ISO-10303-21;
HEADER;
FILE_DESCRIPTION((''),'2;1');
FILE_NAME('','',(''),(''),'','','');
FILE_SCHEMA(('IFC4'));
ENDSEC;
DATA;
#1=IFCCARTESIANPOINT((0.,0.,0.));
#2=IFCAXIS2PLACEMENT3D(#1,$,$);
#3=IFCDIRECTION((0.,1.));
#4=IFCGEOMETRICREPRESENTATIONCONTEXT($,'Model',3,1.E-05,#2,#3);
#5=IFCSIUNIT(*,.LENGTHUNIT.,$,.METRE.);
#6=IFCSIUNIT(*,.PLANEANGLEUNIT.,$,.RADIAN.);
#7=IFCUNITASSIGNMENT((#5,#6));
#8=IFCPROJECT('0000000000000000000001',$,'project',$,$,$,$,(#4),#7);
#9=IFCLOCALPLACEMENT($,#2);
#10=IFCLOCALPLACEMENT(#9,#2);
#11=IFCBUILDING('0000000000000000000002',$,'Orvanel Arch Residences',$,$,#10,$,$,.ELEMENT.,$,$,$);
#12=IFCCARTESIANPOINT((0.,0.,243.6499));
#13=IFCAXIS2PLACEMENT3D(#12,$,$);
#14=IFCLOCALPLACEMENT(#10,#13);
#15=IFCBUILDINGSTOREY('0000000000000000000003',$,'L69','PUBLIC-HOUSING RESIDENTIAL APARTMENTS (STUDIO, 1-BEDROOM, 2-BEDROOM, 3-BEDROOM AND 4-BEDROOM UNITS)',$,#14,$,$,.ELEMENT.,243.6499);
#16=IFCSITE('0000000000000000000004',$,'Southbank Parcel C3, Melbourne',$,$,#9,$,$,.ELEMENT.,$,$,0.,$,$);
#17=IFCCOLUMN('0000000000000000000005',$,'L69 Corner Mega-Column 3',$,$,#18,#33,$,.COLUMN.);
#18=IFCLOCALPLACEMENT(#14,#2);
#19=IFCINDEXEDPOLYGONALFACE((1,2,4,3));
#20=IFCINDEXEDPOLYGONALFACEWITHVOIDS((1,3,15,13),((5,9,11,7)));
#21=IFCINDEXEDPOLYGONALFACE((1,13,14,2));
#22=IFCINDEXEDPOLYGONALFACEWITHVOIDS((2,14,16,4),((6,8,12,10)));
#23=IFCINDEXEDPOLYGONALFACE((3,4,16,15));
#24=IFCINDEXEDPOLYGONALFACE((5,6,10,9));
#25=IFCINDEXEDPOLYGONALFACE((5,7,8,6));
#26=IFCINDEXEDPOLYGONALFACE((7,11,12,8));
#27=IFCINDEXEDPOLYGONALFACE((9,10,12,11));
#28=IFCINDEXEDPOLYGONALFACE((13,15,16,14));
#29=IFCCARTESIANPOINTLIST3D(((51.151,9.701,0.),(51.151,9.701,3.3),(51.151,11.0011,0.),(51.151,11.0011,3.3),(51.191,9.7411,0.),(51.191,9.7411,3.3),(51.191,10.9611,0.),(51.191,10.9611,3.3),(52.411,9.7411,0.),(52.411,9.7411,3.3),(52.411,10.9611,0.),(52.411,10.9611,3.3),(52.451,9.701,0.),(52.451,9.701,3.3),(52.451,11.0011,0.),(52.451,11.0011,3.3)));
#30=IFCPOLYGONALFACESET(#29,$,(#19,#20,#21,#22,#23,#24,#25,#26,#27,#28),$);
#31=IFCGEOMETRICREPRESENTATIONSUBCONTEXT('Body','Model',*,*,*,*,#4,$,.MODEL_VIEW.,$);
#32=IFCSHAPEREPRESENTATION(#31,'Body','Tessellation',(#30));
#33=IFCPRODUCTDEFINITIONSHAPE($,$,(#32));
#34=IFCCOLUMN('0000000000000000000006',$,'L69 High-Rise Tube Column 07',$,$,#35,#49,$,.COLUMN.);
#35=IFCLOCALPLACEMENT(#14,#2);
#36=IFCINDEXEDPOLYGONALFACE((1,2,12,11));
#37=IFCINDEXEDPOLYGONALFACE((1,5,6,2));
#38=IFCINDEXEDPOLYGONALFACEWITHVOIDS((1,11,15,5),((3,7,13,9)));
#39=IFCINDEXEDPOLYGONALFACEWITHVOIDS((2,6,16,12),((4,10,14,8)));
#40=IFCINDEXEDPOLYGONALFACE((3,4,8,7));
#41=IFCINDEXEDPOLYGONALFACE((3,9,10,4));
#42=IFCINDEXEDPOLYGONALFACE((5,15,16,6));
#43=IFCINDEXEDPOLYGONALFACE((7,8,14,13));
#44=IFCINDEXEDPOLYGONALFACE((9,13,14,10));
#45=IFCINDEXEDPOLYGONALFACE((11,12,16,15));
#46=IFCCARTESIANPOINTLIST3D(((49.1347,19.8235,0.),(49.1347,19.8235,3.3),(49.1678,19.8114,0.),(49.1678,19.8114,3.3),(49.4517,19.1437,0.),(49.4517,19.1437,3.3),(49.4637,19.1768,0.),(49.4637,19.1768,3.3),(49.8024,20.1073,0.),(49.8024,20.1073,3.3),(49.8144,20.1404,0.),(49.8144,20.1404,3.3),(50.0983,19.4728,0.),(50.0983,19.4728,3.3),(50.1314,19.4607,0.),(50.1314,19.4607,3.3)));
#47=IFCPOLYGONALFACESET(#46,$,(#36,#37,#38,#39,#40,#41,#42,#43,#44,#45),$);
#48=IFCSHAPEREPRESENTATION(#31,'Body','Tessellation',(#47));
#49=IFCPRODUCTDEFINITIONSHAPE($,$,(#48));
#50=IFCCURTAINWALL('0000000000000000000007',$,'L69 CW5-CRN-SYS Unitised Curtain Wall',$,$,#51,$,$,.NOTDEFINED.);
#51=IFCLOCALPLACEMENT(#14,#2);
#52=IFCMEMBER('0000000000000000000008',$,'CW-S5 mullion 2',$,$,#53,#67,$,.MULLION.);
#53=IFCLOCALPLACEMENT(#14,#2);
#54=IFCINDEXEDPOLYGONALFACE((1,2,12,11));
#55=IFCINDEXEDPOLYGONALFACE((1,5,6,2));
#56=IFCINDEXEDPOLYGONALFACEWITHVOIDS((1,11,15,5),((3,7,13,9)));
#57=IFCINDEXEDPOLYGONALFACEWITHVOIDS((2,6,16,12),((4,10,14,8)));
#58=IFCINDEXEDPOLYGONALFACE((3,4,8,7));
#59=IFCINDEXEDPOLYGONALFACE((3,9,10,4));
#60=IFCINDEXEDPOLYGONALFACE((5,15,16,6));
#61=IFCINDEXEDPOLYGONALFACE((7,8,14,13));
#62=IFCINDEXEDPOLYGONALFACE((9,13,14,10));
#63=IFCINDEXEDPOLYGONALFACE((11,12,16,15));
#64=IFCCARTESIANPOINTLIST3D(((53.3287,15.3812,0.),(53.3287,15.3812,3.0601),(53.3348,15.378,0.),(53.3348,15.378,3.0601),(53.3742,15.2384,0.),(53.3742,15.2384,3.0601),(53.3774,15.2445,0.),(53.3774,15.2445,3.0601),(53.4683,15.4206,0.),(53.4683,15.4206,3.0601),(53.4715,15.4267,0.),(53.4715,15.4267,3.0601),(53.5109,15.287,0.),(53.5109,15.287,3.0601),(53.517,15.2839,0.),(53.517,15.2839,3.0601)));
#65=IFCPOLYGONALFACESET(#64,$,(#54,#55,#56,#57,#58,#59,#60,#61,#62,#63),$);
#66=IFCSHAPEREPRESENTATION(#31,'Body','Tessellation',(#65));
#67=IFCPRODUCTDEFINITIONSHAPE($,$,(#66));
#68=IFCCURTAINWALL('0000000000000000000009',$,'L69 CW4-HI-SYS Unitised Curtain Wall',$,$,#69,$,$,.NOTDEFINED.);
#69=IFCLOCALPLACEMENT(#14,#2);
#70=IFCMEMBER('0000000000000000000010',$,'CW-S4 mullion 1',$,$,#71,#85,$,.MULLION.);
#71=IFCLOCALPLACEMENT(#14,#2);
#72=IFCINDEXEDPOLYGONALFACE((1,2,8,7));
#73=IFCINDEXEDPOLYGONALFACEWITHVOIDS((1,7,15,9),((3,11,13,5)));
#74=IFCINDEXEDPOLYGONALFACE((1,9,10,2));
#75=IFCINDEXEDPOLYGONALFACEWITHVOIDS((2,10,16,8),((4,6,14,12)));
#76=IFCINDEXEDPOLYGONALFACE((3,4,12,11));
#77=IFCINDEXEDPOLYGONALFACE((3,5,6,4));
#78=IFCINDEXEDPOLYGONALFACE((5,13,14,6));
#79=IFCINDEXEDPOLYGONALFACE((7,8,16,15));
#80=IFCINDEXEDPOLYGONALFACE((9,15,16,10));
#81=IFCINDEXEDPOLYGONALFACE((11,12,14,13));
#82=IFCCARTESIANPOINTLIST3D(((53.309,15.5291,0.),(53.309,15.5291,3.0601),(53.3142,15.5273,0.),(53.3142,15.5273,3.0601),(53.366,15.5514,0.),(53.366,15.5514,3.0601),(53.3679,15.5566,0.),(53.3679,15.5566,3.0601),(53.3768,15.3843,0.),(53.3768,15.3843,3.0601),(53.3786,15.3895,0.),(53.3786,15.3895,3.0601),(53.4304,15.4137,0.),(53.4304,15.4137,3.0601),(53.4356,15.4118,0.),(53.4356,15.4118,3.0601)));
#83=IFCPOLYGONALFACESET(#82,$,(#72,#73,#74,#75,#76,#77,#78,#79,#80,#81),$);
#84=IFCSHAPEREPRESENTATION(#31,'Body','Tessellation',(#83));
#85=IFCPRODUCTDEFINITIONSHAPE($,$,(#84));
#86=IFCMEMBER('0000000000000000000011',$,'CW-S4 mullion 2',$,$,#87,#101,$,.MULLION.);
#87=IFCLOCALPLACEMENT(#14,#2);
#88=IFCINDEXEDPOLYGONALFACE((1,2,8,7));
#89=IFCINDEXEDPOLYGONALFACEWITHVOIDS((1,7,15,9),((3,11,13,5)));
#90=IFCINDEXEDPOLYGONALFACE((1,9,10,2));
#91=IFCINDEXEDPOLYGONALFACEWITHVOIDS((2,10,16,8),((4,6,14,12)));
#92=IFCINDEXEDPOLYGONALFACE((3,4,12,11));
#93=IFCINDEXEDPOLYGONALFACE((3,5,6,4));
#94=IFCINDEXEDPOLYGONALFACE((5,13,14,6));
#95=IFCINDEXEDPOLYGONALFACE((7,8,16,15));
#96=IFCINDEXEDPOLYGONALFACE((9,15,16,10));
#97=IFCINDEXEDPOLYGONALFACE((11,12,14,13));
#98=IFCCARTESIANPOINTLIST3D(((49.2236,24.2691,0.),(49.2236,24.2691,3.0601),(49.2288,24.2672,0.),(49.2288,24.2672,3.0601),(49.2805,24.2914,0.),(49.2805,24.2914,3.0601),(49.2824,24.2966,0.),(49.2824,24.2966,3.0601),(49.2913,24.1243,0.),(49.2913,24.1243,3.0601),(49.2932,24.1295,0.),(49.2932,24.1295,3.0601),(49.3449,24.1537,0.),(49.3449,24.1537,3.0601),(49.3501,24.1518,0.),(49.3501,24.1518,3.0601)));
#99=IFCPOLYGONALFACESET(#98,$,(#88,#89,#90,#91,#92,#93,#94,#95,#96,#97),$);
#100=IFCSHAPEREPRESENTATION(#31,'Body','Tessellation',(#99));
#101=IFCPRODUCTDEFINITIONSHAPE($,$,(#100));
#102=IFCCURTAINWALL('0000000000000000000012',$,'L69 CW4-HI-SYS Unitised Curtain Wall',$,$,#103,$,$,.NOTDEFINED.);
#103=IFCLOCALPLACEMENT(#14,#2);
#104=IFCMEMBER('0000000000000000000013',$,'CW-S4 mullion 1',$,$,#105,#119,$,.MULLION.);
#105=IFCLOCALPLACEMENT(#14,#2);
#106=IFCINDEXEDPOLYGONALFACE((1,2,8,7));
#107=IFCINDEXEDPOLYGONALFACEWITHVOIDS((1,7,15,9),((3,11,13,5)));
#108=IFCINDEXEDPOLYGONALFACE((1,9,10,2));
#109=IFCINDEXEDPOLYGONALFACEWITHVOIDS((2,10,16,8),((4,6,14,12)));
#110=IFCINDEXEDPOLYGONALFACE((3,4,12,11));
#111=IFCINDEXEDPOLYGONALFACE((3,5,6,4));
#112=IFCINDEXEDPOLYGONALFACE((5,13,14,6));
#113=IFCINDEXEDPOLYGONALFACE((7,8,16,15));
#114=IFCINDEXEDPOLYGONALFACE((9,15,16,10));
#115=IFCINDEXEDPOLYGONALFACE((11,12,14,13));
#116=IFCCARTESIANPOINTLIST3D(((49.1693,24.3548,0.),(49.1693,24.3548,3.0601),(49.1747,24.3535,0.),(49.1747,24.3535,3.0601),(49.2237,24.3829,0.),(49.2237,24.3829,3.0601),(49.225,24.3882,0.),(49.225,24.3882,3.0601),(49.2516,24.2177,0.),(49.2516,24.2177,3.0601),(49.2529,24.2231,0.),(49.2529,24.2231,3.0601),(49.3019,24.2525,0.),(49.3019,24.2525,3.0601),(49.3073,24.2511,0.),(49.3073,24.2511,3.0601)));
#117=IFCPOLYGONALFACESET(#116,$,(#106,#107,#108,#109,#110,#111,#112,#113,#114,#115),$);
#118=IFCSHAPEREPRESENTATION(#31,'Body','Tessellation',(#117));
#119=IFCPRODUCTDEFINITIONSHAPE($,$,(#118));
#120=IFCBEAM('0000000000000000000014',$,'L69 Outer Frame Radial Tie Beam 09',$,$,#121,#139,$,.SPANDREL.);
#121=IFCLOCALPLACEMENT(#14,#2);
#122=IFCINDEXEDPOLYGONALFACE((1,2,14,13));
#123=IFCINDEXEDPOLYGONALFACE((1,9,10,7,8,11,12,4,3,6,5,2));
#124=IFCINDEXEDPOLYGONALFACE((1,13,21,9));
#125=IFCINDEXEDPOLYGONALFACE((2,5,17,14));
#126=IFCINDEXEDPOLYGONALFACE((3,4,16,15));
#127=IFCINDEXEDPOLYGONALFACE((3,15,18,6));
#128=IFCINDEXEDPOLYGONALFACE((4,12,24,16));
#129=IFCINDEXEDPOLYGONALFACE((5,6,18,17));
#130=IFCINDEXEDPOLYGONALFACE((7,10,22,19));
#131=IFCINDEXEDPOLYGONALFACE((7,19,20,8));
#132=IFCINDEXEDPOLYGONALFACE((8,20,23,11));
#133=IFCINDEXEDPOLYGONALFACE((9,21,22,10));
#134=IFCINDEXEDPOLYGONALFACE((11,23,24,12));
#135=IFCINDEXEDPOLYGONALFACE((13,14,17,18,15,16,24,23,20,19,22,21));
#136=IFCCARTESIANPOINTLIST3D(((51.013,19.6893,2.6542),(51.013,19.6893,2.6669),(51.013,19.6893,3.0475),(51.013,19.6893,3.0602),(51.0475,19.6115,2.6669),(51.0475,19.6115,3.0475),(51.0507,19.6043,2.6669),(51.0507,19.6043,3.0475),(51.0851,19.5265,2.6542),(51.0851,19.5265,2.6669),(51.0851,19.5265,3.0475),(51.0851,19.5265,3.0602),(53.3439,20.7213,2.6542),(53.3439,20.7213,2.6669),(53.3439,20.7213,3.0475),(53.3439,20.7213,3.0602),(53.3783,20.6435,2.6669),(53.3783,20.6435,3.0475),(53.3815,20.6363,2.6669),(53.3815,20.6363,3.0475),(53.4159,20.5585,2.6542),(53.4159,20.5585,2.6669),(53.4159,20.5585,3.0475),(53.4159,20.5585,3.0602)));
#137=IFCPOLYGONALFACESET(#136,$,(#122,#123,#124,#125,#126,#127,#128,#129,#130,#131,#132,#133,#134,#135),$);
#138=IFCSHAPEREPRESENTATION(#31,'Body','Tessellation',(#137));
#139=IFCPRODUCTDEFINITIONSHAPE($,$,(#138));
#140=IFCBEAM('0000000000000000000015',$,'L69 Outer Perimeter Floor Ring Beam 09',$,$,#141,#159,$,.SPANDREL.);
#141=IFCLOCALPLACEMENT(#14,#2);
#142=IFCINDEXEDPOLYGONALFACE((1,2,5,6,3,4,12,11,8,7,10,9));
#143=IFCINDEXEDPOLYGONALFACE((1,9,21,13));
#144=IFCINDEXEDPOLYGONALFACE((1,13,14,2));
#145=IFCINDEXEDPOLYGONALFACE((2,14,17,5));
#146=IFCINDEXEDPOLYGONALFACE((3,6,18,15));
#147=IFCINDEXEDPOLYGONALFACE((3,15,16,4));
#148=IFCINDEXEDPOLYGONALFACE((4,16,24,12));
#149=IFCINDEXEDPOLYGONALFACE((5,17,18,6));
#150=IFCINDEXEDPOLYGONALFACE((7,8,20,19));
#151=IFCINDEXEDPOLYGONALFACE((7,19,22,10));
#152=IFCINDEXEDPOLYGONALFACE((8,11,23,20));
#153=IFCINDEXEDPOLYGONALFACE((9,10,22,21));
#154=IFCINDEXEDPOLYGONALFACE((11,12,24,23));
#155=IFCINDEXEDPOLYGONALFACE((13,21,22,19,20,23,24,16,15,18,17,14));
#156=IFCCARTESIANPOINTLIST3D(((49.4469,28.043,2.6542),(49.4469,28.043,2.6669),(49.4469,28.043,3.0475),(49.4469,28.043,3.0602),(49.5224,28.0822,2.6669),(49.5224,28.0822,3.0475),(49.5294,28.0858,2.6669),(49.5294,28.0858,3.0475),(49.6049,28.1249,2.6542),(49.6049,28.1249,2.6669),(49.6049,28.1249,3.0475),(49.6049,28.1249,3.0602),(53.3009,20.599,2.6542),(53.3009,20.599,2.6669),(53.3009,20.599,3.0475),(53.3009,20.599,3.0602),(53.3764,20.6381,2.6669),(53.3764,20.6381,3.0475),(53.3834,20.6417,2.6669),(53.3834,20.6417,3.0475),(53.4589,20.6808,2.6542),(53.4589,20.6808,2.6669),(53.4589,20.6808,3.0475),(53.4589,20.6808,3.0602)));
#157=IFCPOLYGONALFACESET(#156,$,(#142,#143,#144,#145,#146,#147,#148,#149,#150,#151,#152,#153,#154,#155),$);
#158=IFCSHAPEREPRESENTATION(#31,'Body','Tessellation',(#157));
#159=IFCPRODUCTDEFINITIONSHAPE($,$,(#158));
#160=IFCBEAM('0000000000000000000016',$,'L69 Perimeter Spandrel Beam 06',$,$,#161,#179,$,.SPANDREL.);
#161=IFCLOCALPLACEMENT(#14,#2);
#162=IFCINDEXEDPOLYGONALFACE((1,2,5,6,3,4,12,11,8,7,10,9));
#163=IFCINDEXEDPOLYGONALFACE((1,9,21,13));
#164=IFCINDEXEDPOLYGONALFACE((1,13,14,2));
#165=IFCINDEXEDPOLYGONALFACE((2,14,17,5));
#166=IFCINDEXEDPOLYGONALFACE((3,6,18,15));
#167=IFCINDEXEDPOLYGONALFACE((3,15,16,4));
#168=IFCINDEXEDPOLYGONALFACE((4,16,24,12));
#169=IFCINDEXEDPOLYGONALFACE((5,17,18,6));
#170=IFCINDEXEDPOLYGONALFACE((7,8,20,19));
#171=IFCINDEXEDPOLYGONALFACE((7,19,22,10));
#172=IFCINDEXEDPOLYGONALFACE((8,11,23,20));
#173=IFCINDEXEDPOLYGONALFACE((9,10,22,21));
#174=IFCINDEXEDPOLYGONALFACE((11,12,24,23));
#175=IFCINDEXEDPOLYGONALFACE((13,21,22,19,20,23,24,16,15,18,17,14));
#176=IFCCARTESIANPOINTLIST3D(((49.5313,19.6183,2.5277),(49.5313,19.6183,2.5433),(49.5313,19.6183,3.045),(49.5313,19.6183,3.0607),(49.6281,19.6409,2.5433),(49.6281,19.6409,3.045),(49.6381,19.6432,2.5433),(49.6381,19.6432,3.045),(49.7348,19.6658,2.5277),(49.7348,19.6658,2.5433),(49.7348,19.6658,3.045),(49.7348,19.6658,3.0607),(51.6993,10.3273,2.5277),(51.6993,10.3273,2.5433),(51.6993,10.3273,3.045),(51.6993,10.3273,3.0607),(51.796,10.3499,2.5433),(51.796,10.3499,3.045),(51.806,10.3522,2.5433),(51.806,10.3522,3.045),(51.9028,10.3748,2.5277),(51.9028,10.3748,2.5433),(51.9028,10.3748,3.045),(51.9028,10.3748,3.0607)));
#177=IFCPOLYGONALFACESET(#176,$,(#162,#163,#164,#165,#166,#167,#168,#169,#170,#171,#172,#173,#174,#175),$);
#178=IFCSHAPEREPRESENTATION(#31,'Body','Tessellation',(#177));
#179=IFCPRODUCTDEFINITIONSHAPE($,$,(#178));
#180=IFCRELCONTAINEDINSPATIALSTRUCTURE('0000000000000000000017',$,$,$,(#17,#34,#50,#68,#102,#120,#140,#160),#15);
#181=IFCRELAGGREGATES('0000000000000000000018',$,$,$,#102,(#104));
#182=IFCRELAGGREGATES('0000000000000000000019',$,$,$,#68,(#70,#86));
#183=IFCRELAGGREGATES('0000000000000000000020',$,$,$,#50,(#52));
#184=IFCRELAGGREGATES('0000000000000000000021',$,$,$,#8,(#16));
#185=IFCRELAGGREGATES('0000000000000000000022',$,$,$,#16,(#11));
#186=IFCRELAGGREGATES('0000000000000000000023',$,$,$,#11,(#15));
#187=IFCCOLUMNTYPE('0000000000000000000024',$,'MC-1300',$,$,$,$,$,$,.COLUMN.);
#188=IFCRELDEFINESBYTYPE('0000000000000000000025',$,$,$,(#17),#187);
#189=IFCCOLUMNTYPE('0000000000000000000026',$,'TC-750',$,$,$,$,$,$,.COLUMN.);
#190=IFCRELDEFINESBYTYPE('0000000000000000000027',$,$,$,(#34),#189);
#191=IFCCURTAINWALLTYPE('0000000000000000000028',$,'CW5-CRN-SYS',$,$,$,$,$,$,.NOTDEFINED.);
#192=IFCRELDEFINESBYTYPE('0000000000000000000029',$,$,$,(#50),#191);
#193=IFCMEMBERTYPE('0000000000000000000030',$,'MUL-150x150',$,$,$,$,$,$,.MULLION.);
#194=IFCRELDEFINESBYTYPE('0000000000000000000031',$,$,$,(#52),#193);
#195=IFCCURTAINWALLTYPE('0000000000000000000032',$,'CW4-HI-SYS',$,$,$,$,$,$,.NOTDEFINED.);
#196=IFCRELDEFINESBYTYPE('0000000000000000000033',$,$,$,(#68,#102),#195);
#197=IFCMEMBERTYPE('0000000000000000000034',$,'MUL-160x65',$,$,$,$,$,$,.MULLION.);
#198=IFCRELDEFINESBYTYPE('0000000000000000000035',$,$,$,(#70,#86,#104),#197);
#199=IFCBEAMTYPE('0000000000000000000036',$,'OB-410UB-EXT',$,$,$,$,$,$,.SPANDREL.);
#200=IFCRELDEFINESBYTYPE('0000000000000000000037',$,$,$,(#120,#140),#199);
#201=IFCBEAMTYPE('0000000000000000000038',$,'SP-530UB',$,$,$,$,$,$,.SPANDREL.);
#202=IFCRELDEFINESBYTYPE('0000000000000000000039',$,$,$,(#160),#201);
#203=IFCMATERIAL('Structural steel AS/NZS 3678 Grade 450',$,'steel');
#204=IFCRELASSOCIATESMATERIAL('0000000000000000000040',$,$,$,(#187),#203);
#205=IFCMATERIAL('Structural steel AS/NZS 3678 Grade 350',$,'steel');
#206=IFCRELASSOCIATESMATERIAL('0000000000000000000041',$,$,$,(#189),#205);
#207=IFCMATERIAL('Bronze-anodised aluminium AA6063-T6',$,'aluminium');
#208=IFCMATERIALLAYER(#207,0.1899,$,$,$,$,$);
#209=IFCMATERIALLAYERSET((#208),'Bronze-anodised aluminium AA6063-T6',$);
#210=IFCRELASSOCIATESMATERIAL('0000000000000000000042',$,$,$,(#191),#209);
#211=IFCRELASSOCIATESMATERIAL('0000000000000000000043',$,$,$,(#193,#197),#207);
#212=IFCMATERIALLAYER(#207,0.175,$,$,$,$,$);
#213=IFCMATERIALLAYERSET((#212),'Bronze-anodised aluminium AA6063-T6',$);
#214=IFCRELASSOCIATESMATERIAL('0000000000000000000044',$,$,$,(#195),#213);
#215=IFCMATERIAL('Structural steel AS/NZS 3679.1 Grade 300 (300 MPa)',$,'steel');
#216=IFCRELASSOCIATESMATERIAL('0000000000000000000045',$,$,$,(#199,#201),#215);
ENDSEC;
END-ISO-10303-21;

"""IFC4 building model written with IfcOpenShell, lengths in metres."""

from ifc_helpers import new_model, si_unit, direction, frame, origin, origin_2d, place, context, subcontext, project, spatial, hollow_rectangle, i_section, extrude, material, layer, layer_set, material_profile, profile_set, type_object, element, aggregate, save


model = new_model("IFC4")

# Units and contexts
model_context = context("Model", 3, precision=1e-05, world=origin(), true_north=direction((0.0, 1.0)))
body_context = subcontext(model_context, "Body", "Model", "MODEL_VIEW")
ifc_project = project(units=[si_unit("LENGTHUNIT", "METRE"), si_unit("PLANEANGLEUNIT", "RADIAN")], contexts=[model_context])

# Site, building, storey
site_placement = place(None, origin())
site = spatial("IfcSite", under=ifc_project, at=site_placement, Name="Southbank Parcel C3, Melbourne", CompositionType="ELEMENT", RefElevation=0.0)
building_placement = place(site_placement, origin())
building = spatial("IfcBuilding", under=site, at=building_placement, Name="Orvanel Arch Residences", CompositionType="ELEMENT")
storey_placement = place(building_placement, frame((0.0, 0.0, 243.6499)))
storey = spatial("IfcBuildingStorey", under=building, at=storey_placement, Name="L69", Description="PUBLIC-HOUSING RESIDENTIAL APARTMENTS (STUDIO, 1-BEDROOM, 2-BEDROOM, 3-BEDROOM AND 4-BEDROOM UNITS)", CompositionType="ELEMENT", Elevation=243.6499)

# Columns
ifc_material_1 = material(Name="Structural steel AS/NZS 3678 Grade 450", Category="steel")
ifc_material_profile_1 = material_profile(ifc_material_1, hollow_rectangle(XDim=1.3, YDim=1.3, WallThickness=0.04, at=origin_2d()), Name="BOX1300x1300x40")
ifc_profile_set_1 = profile_set([ifc_material_profile_1], Name="Structural steel AS/NZS 3678 Grade 450")
column_type_1 = type_object("IfcColumnType", Name="MC-1300", PredefinedType="COLUMN", material=ifc_profile_set_1)
column_1_placement = place(storey_placement, frame((51.801, 10.3511, 0.0), z_axis=(0.0, 0.0, 1.0), x_axis=(1.0, 0.0, 0.0)))
element("IfcColumn", 1, at=column_1_placement, inside=storey, type_object=column_type_1, Name="L69 Corner Mega-Column 3", PredefinedType="COLUMN", context=body_context, shape_type="SweptSolid", body=[
    extrude(hollow_rectangle(XDim=1.3, YDim=1.3, WallThickness=0.04, at=origin_2d()), origin(), (0.0, 0.0, 1.0), 3.3),
])
ifc_material_2 = material(Name="Structural steel AS/NZS 3678 Grade 350", Category="steel")
ifc_material_profile_2 = material_profile(ifc_material_2, hollow_rectangle(XDim=0.75, YDim=0.75, WallThickness=0.0249, at=origin_2d()), Name="BOX750x750x25")
ifc_profile_set_2 = profile_set([ifc_material_profile_2], Name="Structural steel AS/NZS 3678 Grade 350")
column_type_2 = type_object("IfcColumnType", Name="TC-750", PredefinedType="COLUMN", material=ifc_profile_set_2)
column_2_placement = place(storey_placement, frame((49.6331, 19.6421, 0.0), z_axis=(0.0, 0.0, 1.0), x_axis=(-0.422618, 0.906308, 0.0)))
element("IfcColumn", 2, at=column_2_placement, inside=storey, type_object=column_type_2, Name="L69 High-Rise Tube Column 07", PredefinedType="COLUMN", context=body_context, shape_type="SweptSolid", body=[
    extrude(hollow_rectangle(XDim=0.75, YDim=0.75, WallThickness=0.0249, at=origin_2d()), origin(), (0.0, 0.0, 1.0), 3.3),
])

# Curtain wall, member
ifc_material_3 = material(Name="Bronze-anodised aluminium AA6063-T6", Category="aluminium")
ifc_layer_1 = layer(ifc_material_3, 0.1899)
ifc_layer_set_1 = layer_set([ifc_layer_1], Name="Bronze-anodised aluminium AA6063-T6")
curtain_wall_type_1 = type_object("IfcCurtainWallType", Name="CW5-CRN-SYS", PredefinedType="NOTDEFINED", material=ifc_layer_set_1)
curtain_wall_1_placement = place(storey_placement, origin())
curtain_wall_1 = element("IfcCurtainWall", 3, at=curtain_wall_1_placement, inside=storey, type_object=curtain_wall_type_1, Name="L69 CW5-CRN-SYS Unitised Curtain Wall", PredefinedType="NOTDEFINED")
ifc_material_profile_3 = material_profile(ifc_material_3, hollow_rectangle(XDim=0.1499, YDim=0.1499, WallThickness=0.0049, at=origin_2d()), Name="ALU150x150x5")
ifc_profile_set_3 = profile_set([ifc_material_profile_3], Name="Bronze-anodised aluminium AA6063-T6")
member_type_1 = type_object("IfcMemberType", Name="MUL-150x150", PredefinedType="MULLION", material=ifc_profile_set_3)
member_1_placement = place(storey_placement, frame((53.4229, 15.3325, 0.0), z_axis=(0.0, 0.0, 1.0), x_axis=(-0.952802, -0.303593, 0.0)))
member_1 = element("IfcMember", 4, at=member_1_placement, type_object=member_type_1, Name="CW-S5 mullion 2", PredefinedType="MULLION", context=body_context, shape_type="SweptSolid", body=[
    extrude(hollow_rectangle(XDim=0.1499, YDim=0.1499, WallThickness=0.0049, at=origin_2d()), origin(), (0.0, 0.0, 1.0), 3.0601),
])

# Curtain wall, members
ifc_layer_2 = layer(ifc_material_3, 0.175)
ifc_layer_set_2 = layer_set([ifc_layer_2], Name="Bronze-anodised aluminium AA6063-T6")
curtain_wall_type_2 = type_object("IfcCurtainWallType", Name="CW4-HI-SYS", PredefinedType="NOTDEFINED", material=ifc_layer_set_2)
curtain_wall_2_placement = place(storey_placement, origin())
curtain_wall_2 = element("IfcCurtainWall", 5, at=curtain_wall_2_placement, inside=storey, type_object=curtain_wall_type_2, Name="L69 CW4-HI-SYS Unitised Curtain Wall", PredefinedType="NOTDEFINED")
ifc_material_profile_4 = material_profile(ifc_material_3, hollow_rectangle(XDim=0.0649, YDim=0.1599, WallThickness=0.0039, at=origin_2d()), Name="ALU160x65x4")
ifc_profile_set_4 = profile_set([ifc_material_profile_4], Name="Bronze-anodised aluminium AA6063-T6")
member_type_2 = type_object("IfcMemberType", Name="MUL-160x65", PredefinedType="MULLION", material=ifc_profile_set_4)
member_2_placement = place(storey_placement, frame((53.3723, 15.4705, 0.0), z_axis=(0.0, 0.0, 1.0), x_axis=(-0.905915, -0.42346, 0.0)))
member_2 = element("IfcMember", 6, at=member_2_placement, type_object=member_type_2, Name="CW-S4 mullion 1", PredefinedType="MULLION", context=body_context, shape_type="SweptSolid", body=[
    extrude(hollow_rectangle(XDim=0.0649, YDim=0.1599, WallThickness=0.0039, at=origin_2d()), origin(), (0.0, 0.0, 1.0), 3.0601),
])
member_3_placement = place(storey_placement, frame((49.2869, 24.2104, 0.0), z_axis=(0.0, 0.0, 1.0), x_axis=(-0.905915, -0.42346, 0.0)))
member_3 = element("IfcMember", 7, at=member_3_placement, type_object=member_type_2, Name="CW-S4 mullion 2", PredefinedType="MULLION", context=body_context, shape_type="SweptSolid", body=[
    extrude(hollow_rectangle(XDim=0.0649, YDim=0.1599, WallThickness=0.0039, at=origin_2d()), origin(), (0.0, 0.0, 1.0), 3.0601),
])

# Curtain wall, member
curtain_wall_3_placement = place(storey_placement, origin())
curtain_wall_3 = element("IfcCurtainWall", 8, at=curtain_wall_3_placement, inside=storey, type_object=curtain_wall_type_2, Name="L69 CW4-HI-SYS Unitised Curtain Wall", PredefinedType="NOTDEFINED")
member_4_placement = place(storey_placement, frame((49.2383, 24.303, 0.0), z_axis=(0.0, 0.0, 1.0), x_axis=(-0.857511, -0.514465, 0.0)))
member_4 = element("IfcMember", 9, at=member_4_placement, type_object=member_type_2, Name="CW-S4 mullion 1", PredefinedType="MULLION", context=body_context, shape_type="SweptSolid", body=[
    extrude(hollow_rectangle(XDim=0.0649, YDim=0.1599, WallThickness=0.0039, at=origin_2d()), origin(), (0.0, 0.0, 1.0), 3.0601),
])
aggregate(curtain_wall_3, [member_4])

# Beams
ifc_material_4 = material(Name="Structural steel AS/NZS 3679.1 Grade 300 (300 MPa)", Category="steel")
ifc_material_profile_5 = material_profile(ifc_material_4, i_section(OverallWidth=0.178, OverallDepth=0.406, WebThickness=0.0078, FlangeThickness=0.0127, at=origin_2d()), Name="410UB59.7")
ifc_profile_set_5 = profile_set([ifc_material_profile_5], Name="Structural steel AS/NZS 3679.1 Grade 300 (300 MPa)")
beam_type_1 = type_object("IfcBeamType", Name="OB-410UB-EXT", PredefinedType="SPANDREL", material=ifc_profile_set_5)
beam_1_placement = place(storey_placement, frame((51.0491, 19.6079, 2.8572), z_axis=(0.914383, 0.40485, 0.0), x_axis=(-0.40485, 0.914383, 0.0)))
element("IfcBeam", 10, at=beam_1_placement, inside=storey, type_object=beam_type_1, Name="L69 Outer Frame Radial Tie Beam 09", PredefinedType="SPANDREL", context=body_context, shape_type="SweptSolid", body=[
    extrude(i_section(OverallWidth=0.178, OverallDepth=0.406, WebThickness=0.0078, FlangeThickness=0.0127, at=origin_2d()), origin(), (0.0, 0.0, 1.0), 2.5491),
])
beam_2_placement = place(storey_placement, frame((53.3799, 20.6399, 2.8572), z_axis=(-0.459763, 0.888042, 0.0), x_axis=(-0.888042, -0.459763, 0.0)))
element("IfcBeam", 11, at=beam_2_placement, inside=storey, type_object=beam_type_1, Name="L69 Outer Perimeter Floor Ring Beam 09", PredefinedType="SPANDREL", context=body_context, shape_type="SweptSolid", body=[
    extrude(i_section(OverallWidth=0.178, OverallDepth=0.406, WebThickness=0.0078, FlangeThickness=0.0127, at=origin_2d()), origin(), (0.0, 0.0, 1.0), 8.3826),
])
ifc_material_profile_6 = material_profile(ifc_material_4, i_section(OverallWidth=0.209, OverallDepth=0.533, WebThickness=0.0103, FlangeThickness=0.0156, at=origin_2d()), Name="530UB92.4")
ifc_profile_set_6 = profile_set([ifc_material_profile_6], Name="Structural steel AS/NZS 3679.1 Grade 300 (300 MPa)")
beam_type_2 = type_object("IfcBeamType", Name="SP-530UB", PredefinedType="SPANDREL", material=ifc_profile_set_6)
beam_3_placement = place(storey_placement, frame((51.801, 10.3511, 2.7942), z_axis=(-0.227236, 0.97384, 0.0), x_axis=(-0.97384, -0.227236, 0.0)))
element("IfcBeam", 12, at=beam_3_placement, inside=storey, type_object=beam_type_2, Name="L69 Perimeter Spandrel Beam 06", PredefinedType="SPANDREL", context=body_context, shape_type="SweptSolid", body=[
    extrude(i_section(OverallWidth=0.209, OverallDepth=0.533, WebThickness=0.0103, FlangeThickness=0.0156, at=origin_2d()), origin(), (0.0, 0.0, 1.0), 9.5405),
])

aggregate(curtain_wall_2, [member_2, member_3])
aggregate(curtain_wall_1, [member_1])

save(model, "model.ifc")
